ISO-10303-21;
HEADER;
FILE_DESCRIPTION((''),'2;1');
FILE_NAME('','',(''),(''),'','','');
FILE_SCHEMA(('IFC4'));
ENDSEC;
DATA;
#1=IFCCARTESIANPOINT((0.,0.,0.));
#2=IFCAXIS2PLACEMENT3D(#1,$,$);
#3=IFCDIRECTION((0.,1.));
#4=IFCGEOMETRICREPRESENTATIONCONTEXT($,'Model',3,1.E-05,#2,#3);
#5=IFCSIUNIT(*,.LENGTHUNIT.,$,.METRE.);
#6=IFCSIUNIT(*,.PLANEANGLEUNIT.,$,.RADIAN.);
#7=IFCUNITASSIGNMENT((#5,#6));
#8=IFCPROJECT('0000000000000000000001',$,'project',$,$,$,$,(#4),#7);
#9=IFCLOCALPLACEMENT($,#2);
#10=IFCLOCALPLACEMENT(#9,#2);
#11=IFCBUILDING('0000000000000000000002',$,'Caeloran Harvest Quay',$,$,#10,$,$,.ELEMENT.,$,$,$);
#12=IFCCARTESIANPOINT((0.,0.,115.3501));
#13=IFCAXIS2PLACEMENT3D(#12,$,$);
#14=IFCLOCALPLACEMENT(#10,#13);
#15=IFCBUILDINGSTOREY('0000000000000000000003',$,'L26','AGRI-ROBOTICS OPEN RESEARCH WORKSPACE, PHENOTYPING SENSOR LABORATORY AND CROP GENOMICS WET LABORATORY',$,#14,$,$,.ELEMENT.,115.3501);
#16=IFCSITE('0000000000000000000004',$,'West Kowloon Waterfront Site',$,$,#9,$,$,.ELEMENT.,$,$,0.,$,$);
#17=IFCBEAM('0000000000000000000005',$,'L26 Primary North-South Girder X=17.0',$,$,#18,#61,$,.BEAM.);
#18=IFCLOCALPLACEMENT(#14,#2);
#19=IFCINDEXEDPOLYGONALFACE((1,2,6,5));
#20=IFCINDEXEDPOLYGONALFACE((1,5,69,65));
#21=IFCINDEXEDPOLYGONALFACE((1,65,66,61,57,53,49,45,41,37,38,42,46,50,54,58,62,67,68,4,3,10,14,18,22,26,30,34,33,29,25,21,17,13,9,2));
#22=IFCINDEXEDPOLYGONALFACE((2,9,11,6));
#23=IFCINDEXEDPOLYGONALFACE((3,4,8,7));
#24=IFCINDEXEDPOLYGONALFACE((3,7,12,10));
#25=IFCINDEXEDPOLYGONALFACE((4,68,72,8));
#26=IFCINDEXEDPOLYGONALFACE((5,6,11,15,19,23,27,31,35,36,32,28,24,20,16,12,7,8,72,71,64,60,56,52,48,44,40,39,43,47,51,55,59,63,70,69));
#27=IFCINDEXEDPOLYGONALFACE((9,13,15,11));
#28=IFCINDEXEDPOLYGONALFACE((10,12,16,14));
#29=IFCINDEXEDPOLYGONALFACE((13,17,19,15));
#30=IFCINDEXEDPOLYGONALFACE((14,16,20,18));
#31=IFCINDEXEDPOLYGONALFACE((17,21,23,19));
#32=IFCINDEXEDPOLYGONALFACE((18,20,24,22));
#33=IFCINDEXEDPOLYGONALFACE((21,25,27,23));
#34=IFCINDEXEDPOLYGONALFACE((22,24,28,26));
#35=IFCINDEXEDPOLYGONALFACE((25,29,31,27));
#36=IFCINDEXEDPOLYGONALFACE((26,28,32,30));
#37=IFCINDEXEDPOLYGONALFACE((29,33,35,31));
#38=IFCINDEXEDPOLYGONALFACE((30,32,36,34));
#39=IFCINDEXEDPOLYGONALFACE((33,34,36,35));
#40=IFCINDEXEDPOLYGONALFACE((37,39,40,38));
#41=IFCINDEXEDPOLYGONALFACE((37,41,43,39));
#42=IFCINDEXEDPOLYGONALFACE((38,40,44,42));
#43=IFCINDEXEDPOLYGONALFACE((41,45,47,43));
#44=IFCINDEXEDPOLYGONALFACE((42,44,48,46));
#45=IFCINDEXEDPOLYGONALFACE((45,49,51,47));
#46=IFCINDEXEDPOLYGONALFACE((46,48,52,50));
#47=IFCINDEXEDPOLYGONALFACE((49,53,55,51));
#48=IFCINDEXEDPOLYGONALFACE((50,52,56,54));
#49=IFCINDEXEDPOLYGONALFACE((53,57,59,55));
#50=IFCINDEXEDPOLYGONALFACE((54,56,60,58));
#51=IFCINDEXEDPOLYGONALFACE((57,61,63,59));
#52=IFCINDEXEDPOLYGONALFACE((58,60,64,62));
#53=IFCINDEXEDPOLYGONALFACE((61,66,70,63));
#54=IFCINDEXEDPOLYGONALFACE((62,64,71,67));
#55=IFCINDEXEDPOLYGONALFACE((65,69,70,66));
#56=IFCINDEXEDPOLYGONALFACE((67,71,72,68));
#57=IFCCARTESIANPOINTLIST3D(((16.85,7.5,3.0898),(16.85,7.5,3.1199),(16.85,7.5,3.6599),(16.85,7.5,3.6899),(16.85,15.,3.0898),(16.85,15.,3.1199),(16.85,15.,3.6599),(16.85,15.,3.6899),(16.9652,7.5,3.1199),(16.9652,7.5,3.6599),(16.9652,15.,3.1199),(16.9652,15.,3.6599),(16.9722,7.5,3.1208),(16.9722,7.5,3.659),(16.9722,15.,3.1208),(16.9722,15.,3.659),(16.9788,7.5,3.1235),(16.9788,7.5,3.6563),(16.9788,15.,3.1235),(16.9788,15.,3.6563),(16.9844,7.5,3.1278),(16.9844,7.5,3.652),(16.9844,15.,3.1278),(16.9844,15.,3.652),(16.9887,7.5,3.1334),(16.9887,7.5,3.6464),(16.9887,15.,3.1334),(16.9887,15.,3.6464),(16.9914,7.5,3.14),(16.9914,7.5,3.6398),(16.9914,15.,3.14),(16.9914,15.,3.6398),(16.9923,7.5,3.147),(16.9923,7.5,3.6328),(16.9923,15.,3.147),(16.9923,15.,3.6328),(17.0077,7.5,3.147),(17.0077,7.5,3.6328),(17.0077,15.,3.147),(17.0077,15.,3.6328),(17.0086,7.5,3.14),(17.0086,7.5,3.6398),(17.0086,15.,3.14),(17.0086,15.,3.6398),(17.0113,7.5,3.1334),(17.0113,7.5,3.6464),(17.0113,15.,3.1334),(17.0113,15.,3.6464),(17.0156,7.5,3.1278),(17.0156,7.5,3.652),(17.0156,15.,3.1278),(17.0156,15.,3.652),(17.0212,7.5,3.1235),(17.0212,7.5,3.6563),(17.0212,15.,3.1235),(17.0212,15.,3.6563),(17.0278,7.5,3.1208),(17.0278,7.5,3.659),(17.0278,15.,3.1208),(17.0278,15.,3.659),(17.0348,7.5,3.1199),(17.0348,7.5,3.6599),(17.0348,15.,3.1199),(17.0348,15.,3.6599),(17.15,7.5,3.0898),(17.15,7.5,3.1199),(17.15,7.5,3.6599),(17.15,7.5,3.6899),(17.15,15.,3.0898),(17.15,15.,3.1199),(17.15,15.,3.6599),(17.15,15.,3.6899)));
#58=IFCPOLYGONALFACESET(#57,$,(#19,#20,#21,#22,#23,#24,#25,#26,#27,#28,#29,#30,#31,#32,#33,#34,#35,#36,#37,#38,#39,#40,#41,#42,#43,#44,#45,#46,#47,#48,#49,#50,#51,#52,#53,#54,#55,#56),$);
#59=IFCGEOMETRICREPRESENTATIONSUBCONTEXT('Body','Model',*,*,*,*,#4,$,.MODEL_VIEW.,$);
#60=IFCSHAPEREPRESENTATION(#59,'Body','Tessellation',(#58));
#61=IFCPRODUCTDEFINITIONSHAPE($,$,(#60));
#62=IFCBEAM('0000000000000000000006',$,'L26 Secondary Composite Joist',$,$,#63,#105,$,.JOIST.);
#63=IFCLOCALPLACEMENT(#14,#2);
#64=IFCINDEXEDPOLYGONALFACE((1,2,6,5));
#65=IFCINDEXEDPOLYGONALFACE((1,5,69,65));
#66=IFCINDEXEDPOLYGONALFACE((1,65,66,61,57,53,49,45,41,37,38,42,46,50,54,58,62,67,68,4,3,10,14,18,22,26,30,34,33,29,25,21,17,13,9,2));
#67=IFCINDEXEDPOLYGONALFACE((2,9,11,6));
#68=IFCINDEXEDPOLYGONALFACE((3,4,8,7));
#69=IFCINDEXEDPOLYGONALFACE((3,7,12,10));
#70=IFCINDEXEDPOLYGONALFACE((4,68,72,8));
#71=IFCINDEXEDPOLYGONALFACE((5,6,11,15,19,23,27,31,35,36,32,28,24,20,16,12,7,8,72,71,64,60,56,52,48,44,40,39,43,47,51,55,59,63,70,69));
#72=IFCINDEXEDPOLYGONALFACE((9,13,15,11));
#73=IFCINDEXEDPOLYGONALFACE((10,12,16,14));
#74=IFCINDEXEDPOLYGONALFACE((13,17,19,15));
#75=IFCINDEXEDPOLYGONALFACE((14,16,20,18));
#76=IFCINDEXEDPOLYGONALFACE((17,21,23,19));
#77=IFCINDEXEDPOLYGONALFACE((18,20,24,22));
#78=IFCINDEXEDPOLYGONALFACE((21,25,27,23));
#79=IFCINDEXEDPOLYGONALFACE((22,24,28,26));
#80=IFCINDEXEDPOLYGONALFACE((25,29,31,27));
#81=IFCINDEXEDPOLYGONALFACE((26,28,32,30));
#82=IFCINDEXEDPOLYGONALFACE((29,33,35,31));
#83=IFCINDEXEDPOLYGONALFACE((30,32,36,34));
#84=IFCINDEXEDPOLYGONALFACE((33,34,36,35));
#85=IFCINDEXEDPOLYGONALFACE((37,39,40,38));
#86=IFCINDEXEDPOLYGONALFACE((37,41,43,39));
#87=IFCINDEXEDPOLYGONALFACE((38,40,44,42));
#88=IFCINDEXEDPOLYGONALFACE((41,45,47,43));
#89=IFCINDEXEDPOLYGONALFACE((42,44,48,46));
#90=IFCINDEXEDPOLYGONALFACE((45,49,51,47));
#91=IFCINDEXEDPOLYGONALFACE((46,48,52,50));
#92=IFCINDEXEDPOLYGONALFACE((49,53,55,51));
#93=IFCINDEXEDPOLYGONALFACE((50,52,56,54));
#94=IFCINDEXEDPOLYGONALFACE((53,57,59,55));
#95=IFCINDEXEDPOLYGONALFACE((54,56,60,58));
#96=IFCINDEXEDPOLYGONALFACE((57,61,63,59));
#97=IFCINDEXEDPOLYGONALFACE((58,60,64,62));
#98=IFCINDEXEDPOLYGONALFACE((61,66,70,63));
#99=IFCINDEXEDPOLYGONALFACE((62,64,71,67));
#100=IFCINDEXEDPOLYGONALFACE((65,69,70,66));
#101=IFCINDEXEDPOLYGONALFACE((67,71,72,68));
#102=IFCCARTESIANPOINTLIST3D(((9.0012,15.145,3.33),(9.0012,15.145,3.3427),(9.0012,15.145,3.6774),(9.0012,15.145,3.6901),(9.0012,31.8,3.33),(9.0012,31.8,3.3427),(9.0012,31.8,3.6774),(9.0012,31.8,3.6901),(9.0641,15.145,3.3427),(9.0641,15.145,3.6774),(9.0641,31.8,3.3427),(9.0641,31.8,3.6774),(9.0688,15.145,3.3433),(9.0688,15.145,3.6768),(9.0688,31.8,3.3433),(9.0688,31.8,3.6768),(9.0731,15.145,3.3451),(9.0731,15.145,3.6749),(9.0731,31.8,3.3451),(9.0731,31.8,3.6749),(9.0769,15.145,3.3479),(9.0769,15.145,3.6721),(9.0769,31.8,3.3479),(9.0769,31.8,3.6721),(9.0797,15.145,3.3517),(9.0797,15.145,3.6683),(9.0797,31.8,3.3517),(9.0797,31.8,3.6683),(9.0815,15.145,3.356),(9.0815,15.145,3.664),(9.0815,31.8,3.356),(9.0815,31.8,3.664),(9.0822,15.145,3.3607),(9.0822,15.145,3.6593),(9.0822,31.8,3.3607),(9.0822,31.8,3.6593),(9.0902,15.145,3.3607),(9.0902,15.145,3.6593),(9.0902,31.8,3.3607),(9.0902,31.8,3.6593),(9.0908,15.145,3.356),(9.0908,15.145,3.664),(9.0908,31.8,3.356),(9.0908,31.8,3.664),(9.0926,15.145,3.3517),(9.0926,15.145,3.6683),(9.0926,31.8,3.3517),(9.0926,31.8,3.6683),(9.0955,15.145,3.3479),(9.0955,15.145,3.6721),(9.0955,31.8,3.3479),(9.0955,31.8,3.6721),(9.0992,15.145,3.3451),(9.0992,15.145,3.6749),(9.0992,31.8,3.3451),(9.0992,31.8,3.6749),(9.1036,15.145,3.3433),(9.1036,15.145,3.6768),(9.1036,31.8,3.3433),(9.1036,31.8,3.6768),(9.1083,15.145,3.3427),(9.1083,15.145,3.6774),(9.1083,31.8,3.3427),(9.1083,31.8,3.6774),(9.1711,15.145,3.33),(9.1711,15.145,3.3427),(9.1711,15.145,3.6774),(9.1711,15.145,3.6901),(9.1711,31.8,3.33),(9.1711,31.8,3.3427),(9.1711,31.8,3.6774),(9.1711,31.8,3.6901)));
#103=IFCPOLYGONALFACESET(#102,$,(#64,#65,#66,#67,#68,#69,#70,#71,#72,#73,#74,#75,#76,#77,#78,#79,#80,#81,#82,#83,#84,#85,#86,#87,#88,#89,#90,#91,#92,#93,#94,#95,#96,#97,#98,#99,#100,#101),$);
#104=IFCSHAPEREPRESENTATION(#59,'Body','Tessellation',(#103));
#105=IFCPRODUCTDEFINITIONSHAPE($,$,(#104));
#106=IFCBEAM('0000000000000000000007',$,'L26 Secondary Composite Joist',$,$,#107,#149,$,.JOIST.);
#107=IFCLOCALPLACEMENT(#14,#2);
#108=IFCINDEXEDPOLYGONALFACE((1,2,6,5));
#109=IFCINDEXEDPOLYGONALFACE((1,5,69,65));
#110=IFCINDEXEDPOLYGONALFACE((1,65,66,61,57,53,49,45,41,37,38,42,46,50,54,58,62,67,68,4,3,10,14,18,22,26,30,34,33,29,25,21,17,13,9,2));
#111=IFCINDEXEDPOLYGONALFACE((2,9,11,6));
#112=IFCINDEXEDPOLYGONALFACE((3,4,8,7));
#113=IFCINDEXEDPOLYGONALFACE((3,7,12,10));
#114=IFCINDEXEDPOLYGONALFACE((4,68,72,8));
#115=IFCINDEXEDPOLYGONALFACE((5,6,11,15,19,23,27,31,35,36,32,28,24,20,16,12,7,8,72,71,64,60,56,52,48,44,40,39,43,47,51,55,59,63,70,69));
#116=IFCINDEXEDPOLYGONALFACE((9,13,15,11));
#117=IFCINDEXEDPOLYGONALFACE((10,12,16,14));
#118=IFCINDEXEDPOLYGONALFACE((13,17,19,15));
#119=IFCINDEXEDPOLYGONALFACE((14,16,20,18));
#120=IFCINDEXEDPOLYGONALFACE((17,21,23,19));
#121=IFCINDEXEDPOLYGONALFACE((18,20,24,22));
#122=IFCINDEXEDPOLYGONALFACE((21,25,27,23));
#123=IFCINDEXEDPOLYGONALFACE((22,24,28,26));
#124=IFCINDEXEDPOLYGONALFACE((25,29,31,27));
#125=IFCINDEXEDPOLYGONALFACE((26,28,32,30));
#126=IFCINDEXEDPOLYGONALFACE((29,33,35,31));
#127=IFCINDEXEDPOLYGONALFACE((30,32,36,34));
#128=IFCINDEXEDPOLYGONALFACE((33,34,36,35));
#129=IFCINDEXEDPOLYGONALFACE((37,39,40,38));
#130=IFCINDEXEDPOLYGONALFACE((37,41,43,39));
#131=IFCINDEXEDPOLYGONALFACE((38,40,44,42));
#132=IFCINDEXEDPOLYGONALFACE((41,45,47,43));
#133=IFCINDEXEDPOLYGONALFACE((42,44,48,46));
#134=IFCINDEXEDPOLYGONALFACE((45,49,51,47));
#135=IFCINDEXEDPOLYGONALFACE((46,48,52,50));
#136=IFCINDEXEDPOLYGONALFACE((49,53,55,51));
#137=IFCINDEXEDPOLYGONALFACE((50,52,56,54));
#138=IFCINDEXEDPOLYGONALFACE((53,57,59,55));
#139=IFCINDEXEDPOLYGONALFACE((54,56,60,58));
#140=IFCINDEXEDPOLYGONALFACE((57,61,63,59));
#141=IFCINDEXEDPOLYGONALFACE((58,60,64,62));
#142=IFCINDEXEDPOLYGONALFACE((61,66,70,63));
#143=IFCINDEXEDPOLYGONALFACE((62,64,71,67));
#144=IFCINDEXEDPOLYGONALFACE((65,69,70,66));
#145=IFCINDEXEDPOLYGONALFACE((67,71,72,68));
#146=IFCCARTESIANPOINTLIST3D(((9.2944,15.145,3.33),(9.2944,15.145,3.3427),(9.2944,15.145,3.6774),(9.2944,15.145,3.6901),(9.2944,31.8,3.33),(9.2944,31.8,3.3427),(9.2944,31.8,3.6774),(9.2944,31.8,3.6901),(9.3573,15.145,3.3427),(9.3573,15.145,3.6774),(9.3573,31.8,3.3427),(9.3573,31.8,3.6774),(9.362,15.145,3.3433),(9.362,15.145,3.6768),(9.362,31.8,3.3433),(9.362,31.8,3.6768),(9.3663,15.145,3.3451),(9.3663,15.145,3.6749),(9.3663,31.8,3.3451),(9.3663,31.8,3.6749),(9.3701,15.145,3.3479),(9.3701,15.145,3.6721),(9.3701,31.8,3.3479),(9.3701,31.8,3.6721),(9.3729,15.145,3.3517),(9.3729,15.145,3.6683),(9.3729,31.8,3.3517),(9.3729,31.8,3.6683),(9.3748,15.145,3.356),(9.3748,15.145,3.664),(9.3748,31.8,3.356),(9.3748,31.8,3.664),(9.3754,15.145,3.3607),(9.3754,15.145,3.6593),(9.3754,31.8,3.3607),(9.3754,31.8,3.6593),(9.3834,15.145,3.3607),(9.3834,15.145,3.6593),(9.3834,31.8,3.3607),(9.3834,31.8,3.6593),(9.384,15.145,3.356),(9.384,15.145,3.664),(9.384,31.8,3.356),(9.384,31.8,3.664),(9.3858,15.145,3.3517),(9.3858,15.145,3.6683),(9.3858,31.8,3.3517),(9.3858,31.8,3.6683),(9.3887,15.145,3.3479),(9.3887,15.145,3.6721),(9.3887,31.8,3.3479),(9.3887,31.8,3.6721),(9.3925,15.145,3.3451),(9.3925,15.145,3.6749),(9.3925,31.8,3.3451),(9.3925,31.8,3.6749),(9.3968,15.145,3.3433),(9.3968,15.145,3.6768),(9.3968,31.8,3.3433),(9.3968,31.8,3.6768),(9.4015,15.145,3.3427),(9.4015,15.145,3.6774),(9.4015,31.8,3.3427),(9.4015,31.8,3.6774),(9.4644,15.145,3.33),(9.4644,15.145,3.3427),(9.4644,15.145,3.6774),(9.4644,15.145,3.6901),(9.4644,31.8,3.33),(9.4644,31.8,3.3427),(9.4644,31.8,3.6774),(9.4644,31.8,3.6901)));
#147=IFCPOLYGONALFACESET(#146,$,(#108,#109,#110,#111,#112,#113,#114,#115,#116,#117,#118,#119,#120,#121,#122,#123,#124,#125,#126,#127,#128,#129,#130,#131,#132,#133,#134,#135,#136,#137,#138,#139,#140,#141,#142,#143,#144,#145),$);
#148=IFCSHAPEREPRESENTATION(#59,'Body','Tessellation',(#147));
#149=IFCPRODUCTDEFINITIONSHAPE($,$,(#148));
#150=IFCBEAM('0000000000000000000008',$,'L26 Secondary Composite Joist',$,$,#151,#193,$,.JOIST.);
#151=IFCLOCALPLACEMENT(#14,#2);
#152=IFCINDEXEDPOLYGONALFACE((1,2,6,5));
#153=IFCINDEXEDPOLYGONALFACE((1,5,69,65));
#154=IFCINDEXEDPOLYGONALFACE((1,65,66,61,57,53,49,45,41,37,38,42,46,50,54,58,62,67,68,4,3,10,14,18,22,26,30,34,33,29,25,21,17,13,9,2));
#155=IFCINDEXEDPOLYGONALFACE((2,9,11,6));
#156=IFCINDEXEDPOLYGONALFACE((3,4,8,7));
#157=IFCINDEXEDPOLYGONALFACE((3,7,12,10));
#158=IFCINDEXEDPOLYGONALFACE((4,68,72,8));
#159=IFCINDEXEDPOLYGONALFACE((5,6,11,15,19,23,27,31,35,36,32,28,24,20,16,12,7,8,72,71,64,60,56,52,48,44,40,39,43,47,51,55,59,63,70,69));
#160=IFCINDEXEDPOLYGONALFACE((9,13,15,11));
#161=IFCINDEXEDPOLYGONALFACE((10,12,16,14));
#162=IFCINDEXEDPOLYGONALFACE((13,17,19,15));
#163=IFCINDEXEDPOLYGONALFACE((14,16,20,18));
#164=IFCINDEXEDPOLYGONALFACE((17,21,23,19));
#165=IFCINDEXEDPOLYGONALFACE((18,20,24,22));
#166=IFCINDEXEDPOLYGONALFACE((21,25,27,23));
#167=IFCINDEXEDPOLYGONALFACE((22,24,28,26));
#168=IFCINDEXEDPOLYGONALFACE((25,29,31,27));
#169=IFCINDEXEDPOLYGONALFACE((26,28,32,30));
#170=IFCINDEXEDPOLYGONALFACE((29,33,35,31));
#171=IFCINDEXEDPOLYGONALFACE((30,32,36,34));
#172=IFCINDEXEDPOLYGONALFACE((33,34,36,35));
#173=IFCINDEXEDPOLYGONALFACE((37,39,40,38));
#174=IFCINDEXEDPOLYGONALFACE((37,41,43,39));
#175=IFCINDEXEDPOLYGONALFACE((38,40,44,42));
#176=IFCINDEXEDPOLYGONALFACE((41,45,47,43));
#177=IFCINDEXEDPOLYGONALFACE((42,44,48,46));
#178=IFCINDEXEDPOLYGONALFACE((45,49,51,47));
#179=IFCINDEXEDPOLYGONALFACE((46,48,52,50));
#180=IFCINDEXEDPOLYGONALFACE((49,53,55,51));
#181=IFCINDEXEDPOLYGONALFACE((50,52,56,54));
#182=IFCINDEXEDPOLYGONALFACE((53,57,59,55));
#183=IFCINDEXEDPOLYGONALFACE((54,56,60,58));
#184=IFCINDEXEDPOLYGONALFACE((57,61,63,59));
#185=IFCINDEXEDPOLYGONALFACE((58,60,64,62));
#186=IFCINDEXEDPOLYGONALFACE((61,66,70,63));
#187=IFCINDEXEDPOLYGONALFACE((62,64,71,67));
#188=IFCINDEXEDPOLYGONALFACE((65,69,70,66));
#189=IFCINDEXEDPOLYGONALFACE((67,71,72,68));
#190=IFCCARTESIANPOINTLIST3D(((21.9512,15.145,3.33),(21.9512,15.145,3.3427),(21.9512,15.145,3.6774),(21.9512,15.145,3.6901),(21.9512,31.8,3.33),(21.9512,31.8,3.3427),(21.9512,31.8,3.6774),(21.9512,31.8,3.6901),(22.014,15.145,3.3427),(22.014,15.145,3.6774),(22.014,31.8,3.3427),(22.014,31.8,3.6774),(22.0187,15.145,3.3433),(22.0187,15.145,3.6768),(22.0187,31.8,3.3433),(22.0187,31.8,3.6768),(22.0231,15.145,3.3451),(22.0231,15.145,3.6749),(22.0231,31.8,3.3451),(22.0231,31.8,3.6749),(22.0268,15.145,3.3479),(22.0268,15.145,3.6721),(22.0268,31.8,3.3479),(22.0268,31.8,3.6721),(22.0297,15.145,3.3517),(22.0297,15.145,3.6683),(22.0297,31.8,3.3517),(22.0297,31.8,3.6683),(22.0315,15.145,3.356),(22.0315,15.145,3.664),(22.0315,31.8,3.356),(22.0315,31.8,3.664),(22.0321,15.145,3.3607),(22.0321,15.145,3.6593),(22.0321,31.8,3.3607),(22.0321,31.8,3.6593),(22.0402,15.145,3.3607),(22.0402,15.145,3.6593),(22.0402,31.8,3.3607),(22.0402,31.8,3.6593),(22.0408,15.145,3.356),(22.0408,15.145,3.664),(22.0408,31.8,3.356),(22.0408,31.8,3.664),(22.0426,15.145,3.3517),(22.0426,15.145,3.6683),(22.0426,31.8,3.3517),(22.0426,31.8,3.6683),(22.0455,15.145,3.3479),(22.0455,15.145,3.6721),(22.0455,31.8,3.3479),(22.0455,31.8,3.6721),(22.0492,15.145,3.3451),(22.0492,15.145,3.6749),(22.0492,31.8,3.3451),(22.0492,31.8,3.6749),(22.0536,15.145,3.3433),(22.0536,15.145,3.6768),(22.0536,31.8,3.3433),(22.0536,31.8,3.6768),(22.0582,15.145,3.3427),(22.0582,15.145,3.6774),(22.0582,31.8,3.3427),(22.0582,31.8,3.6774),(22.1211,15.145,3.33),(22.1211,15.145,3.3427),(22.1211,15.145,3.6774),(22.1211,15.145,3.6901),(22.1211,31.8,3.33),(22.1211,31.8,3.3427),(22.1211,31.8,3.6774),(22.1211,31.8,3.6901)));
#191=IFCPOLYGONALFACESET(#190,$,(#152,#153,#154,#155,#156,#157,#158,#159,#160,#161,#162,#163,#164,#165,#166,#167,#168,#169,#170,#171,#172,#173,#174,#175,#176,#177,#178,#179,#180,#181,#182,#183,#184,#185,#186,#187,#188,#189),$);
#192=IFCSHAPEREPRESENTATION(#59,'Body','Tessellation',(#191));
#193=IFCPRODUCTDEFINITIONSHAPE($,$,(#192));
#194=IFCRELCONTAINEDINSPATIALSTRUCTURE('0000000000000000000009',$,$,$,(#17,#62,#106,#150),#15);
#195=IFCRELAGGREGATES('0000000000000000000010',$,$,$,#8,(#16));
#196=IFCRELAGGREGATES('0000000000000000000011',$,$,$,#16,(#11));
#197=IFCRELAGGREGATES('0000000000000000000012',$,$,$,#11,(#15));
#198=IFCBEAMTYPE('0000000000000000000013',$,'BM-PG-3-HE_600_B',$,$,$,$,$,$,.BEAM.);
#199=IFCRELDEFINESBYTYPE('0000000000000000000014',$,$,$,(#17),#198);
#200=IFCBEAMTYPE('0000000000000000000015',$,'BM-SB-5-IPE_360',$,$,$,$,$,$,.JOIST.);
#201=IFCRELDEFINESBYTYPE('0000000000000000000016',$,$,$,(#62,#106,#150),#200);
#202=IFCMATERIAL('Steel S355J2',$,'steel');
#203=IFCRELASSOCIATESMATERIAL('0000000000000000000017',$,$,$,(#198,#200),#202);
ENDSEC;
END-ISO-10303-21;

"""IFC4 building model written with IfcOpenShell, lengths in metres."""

from ifc_helpers import new_model, si_unit, direction, frame, origin, origin_2d, place, context, subcontext, project, spatial, i_section, extrude, material, material_profile, profile_set, type_object, element, save


model = new_model("IFC4")

# Units and contexts
model_context = context("Model", 3, precision=1e-05, world=origin(), true_north=direction((0.0, 1.0)))
body_context = subcontext(model_context, "Body", "Model", "MODEL_VIEW")
ifc_project = project(units=[si_unit("LENGTHUNIT", "METRE"), si_unit("PLANEANGLEUNIT", "RADIAN")], contexts=[model_context])

# Site, building, storey
site_placement = place(None, origin())
site = spatial("IfcSite", under=ifc_project, at=site_placement, Name="West Kowloon Waterfront Site", CompositionType="ELEMENT", RefElevation=0.0)
building_placement = place(site_placement, origin())
building = spatial("IfcBuilding", under=site, at=building_placement, Name="Caeloran Harvest Quay", CompositionType="ELEMENT")
storey_placement = place(building_placement, frame((0.0, 0.0, 115.3501)))
storey = spatial("IfcBuildingStorey", under=building, at=storey_placement, Name="L26", Description="AGRI-ROBOTICS OPEN RESEARCH WORKSPACE, PHENOTYPING SENSOR LABORATORY AND CROP GENOMICS WET LABORATORY", CompositionType="ELEMENT", Elevation=115.3501)

# Beams
ifc_material_1 = material(Name="Steel S355J2", Category="steel")
ifc_material_profile_1 = material_profile(ifc_material_1, i_section(OverallWidth=0.3, OverallDepth=0.6001, WebThickness=0.0154, FlangeThickness=0.03, FilletRadius=0.0271, at=origin_2d()), Name="HE 600 B")
ifc_profile_set_1 = profile_set([ifc_material_profile_1], Name="Steel S355J2")
beam_type_1 = type_object("IfcBeamType", Name="BM-PG-3-HE_600_B", PredefinedType="BEAM", material=ifc_profile_set_1)
beam_1_placement = place(storey_placement, frame((17.0, 7.5, 3.3899), z_axis=(0.0, 1.0, 0.0), x_axis=(-1.0, 0.0, 0.0)))
element("IfcBeam", 1, at=beam_1_placement, inside=storey, type_object=beam_type_1, Name="L26 Primary North-South Girder X=17.0", PredefinedType="BEAM", context=body_context, shape_type="SweptSolid", body=[
    extrude(i_section(OverallWidth=0.3, OverallDepth=0.6001, WebThickness=0.0154, FlangeThickness=0.03, FilletRadius=0.0271, at=origin_2d()), origin(), (0.0, 0.0, 1.0), 7.5),
])
ifc_material_profile_2 = material_profile(ifc_material_1, i_section(OverallWidth=0.1699, OverallDepth=0.3601, WebThickness=0.0081, FlangeThickness=0.0127, FilletRadius=0.0181, at=origin_2d()), Name="IPE 360")
ifc_profile_set_2 = profile_set([ifc_material_profile_2], Name="Steel S355J2")
beam_type_2 = type_object("IfcBeamType", Name="BM-SB-5-IPE_360", PredefinedType="JOIST", material=ifc_profile_set_2)
for number, where, z_axis, x_axis, name in (
    (2, (9.0862, 15.145, 3.51), (0.0, 1.0, 0.0), (-1.0, 0.0, 0.0), "L26 Secondary Composite Joist"),
    (3, (9.3794, 15.145, 3.51), (0.0, 1.0, 0.0), (-1.0, 0.0, 0.0), "L26 Secondary Composite Joist"),
    (4, (22.0361, 15.145, 3.51), (0.0, 1.0, 0.0), (-1.0, 0.0, 0.0), "L26 Secondary Composite Joist"),
):
    element("IfcBeam", number, at=place(storey_placement, frame(where, z_axis=z_axis, x_axis=x_axis)), inside=storey, type_object=beam_type_2, Name=name, PredefinedType="JOIST", context=body_context, shape_type="SweptSolid", body=[
        extrude(i_section(OverallWidth=0.1699, OverallDepth=0.3601, WebThickness=0.0081, FlangeThickness=0.0127, FilletRadius=0.0181, at=origin_2d()), origin(), (0.0, 0.0, 1.0), 16.655),
    ])

save(model, "model.ifc")
